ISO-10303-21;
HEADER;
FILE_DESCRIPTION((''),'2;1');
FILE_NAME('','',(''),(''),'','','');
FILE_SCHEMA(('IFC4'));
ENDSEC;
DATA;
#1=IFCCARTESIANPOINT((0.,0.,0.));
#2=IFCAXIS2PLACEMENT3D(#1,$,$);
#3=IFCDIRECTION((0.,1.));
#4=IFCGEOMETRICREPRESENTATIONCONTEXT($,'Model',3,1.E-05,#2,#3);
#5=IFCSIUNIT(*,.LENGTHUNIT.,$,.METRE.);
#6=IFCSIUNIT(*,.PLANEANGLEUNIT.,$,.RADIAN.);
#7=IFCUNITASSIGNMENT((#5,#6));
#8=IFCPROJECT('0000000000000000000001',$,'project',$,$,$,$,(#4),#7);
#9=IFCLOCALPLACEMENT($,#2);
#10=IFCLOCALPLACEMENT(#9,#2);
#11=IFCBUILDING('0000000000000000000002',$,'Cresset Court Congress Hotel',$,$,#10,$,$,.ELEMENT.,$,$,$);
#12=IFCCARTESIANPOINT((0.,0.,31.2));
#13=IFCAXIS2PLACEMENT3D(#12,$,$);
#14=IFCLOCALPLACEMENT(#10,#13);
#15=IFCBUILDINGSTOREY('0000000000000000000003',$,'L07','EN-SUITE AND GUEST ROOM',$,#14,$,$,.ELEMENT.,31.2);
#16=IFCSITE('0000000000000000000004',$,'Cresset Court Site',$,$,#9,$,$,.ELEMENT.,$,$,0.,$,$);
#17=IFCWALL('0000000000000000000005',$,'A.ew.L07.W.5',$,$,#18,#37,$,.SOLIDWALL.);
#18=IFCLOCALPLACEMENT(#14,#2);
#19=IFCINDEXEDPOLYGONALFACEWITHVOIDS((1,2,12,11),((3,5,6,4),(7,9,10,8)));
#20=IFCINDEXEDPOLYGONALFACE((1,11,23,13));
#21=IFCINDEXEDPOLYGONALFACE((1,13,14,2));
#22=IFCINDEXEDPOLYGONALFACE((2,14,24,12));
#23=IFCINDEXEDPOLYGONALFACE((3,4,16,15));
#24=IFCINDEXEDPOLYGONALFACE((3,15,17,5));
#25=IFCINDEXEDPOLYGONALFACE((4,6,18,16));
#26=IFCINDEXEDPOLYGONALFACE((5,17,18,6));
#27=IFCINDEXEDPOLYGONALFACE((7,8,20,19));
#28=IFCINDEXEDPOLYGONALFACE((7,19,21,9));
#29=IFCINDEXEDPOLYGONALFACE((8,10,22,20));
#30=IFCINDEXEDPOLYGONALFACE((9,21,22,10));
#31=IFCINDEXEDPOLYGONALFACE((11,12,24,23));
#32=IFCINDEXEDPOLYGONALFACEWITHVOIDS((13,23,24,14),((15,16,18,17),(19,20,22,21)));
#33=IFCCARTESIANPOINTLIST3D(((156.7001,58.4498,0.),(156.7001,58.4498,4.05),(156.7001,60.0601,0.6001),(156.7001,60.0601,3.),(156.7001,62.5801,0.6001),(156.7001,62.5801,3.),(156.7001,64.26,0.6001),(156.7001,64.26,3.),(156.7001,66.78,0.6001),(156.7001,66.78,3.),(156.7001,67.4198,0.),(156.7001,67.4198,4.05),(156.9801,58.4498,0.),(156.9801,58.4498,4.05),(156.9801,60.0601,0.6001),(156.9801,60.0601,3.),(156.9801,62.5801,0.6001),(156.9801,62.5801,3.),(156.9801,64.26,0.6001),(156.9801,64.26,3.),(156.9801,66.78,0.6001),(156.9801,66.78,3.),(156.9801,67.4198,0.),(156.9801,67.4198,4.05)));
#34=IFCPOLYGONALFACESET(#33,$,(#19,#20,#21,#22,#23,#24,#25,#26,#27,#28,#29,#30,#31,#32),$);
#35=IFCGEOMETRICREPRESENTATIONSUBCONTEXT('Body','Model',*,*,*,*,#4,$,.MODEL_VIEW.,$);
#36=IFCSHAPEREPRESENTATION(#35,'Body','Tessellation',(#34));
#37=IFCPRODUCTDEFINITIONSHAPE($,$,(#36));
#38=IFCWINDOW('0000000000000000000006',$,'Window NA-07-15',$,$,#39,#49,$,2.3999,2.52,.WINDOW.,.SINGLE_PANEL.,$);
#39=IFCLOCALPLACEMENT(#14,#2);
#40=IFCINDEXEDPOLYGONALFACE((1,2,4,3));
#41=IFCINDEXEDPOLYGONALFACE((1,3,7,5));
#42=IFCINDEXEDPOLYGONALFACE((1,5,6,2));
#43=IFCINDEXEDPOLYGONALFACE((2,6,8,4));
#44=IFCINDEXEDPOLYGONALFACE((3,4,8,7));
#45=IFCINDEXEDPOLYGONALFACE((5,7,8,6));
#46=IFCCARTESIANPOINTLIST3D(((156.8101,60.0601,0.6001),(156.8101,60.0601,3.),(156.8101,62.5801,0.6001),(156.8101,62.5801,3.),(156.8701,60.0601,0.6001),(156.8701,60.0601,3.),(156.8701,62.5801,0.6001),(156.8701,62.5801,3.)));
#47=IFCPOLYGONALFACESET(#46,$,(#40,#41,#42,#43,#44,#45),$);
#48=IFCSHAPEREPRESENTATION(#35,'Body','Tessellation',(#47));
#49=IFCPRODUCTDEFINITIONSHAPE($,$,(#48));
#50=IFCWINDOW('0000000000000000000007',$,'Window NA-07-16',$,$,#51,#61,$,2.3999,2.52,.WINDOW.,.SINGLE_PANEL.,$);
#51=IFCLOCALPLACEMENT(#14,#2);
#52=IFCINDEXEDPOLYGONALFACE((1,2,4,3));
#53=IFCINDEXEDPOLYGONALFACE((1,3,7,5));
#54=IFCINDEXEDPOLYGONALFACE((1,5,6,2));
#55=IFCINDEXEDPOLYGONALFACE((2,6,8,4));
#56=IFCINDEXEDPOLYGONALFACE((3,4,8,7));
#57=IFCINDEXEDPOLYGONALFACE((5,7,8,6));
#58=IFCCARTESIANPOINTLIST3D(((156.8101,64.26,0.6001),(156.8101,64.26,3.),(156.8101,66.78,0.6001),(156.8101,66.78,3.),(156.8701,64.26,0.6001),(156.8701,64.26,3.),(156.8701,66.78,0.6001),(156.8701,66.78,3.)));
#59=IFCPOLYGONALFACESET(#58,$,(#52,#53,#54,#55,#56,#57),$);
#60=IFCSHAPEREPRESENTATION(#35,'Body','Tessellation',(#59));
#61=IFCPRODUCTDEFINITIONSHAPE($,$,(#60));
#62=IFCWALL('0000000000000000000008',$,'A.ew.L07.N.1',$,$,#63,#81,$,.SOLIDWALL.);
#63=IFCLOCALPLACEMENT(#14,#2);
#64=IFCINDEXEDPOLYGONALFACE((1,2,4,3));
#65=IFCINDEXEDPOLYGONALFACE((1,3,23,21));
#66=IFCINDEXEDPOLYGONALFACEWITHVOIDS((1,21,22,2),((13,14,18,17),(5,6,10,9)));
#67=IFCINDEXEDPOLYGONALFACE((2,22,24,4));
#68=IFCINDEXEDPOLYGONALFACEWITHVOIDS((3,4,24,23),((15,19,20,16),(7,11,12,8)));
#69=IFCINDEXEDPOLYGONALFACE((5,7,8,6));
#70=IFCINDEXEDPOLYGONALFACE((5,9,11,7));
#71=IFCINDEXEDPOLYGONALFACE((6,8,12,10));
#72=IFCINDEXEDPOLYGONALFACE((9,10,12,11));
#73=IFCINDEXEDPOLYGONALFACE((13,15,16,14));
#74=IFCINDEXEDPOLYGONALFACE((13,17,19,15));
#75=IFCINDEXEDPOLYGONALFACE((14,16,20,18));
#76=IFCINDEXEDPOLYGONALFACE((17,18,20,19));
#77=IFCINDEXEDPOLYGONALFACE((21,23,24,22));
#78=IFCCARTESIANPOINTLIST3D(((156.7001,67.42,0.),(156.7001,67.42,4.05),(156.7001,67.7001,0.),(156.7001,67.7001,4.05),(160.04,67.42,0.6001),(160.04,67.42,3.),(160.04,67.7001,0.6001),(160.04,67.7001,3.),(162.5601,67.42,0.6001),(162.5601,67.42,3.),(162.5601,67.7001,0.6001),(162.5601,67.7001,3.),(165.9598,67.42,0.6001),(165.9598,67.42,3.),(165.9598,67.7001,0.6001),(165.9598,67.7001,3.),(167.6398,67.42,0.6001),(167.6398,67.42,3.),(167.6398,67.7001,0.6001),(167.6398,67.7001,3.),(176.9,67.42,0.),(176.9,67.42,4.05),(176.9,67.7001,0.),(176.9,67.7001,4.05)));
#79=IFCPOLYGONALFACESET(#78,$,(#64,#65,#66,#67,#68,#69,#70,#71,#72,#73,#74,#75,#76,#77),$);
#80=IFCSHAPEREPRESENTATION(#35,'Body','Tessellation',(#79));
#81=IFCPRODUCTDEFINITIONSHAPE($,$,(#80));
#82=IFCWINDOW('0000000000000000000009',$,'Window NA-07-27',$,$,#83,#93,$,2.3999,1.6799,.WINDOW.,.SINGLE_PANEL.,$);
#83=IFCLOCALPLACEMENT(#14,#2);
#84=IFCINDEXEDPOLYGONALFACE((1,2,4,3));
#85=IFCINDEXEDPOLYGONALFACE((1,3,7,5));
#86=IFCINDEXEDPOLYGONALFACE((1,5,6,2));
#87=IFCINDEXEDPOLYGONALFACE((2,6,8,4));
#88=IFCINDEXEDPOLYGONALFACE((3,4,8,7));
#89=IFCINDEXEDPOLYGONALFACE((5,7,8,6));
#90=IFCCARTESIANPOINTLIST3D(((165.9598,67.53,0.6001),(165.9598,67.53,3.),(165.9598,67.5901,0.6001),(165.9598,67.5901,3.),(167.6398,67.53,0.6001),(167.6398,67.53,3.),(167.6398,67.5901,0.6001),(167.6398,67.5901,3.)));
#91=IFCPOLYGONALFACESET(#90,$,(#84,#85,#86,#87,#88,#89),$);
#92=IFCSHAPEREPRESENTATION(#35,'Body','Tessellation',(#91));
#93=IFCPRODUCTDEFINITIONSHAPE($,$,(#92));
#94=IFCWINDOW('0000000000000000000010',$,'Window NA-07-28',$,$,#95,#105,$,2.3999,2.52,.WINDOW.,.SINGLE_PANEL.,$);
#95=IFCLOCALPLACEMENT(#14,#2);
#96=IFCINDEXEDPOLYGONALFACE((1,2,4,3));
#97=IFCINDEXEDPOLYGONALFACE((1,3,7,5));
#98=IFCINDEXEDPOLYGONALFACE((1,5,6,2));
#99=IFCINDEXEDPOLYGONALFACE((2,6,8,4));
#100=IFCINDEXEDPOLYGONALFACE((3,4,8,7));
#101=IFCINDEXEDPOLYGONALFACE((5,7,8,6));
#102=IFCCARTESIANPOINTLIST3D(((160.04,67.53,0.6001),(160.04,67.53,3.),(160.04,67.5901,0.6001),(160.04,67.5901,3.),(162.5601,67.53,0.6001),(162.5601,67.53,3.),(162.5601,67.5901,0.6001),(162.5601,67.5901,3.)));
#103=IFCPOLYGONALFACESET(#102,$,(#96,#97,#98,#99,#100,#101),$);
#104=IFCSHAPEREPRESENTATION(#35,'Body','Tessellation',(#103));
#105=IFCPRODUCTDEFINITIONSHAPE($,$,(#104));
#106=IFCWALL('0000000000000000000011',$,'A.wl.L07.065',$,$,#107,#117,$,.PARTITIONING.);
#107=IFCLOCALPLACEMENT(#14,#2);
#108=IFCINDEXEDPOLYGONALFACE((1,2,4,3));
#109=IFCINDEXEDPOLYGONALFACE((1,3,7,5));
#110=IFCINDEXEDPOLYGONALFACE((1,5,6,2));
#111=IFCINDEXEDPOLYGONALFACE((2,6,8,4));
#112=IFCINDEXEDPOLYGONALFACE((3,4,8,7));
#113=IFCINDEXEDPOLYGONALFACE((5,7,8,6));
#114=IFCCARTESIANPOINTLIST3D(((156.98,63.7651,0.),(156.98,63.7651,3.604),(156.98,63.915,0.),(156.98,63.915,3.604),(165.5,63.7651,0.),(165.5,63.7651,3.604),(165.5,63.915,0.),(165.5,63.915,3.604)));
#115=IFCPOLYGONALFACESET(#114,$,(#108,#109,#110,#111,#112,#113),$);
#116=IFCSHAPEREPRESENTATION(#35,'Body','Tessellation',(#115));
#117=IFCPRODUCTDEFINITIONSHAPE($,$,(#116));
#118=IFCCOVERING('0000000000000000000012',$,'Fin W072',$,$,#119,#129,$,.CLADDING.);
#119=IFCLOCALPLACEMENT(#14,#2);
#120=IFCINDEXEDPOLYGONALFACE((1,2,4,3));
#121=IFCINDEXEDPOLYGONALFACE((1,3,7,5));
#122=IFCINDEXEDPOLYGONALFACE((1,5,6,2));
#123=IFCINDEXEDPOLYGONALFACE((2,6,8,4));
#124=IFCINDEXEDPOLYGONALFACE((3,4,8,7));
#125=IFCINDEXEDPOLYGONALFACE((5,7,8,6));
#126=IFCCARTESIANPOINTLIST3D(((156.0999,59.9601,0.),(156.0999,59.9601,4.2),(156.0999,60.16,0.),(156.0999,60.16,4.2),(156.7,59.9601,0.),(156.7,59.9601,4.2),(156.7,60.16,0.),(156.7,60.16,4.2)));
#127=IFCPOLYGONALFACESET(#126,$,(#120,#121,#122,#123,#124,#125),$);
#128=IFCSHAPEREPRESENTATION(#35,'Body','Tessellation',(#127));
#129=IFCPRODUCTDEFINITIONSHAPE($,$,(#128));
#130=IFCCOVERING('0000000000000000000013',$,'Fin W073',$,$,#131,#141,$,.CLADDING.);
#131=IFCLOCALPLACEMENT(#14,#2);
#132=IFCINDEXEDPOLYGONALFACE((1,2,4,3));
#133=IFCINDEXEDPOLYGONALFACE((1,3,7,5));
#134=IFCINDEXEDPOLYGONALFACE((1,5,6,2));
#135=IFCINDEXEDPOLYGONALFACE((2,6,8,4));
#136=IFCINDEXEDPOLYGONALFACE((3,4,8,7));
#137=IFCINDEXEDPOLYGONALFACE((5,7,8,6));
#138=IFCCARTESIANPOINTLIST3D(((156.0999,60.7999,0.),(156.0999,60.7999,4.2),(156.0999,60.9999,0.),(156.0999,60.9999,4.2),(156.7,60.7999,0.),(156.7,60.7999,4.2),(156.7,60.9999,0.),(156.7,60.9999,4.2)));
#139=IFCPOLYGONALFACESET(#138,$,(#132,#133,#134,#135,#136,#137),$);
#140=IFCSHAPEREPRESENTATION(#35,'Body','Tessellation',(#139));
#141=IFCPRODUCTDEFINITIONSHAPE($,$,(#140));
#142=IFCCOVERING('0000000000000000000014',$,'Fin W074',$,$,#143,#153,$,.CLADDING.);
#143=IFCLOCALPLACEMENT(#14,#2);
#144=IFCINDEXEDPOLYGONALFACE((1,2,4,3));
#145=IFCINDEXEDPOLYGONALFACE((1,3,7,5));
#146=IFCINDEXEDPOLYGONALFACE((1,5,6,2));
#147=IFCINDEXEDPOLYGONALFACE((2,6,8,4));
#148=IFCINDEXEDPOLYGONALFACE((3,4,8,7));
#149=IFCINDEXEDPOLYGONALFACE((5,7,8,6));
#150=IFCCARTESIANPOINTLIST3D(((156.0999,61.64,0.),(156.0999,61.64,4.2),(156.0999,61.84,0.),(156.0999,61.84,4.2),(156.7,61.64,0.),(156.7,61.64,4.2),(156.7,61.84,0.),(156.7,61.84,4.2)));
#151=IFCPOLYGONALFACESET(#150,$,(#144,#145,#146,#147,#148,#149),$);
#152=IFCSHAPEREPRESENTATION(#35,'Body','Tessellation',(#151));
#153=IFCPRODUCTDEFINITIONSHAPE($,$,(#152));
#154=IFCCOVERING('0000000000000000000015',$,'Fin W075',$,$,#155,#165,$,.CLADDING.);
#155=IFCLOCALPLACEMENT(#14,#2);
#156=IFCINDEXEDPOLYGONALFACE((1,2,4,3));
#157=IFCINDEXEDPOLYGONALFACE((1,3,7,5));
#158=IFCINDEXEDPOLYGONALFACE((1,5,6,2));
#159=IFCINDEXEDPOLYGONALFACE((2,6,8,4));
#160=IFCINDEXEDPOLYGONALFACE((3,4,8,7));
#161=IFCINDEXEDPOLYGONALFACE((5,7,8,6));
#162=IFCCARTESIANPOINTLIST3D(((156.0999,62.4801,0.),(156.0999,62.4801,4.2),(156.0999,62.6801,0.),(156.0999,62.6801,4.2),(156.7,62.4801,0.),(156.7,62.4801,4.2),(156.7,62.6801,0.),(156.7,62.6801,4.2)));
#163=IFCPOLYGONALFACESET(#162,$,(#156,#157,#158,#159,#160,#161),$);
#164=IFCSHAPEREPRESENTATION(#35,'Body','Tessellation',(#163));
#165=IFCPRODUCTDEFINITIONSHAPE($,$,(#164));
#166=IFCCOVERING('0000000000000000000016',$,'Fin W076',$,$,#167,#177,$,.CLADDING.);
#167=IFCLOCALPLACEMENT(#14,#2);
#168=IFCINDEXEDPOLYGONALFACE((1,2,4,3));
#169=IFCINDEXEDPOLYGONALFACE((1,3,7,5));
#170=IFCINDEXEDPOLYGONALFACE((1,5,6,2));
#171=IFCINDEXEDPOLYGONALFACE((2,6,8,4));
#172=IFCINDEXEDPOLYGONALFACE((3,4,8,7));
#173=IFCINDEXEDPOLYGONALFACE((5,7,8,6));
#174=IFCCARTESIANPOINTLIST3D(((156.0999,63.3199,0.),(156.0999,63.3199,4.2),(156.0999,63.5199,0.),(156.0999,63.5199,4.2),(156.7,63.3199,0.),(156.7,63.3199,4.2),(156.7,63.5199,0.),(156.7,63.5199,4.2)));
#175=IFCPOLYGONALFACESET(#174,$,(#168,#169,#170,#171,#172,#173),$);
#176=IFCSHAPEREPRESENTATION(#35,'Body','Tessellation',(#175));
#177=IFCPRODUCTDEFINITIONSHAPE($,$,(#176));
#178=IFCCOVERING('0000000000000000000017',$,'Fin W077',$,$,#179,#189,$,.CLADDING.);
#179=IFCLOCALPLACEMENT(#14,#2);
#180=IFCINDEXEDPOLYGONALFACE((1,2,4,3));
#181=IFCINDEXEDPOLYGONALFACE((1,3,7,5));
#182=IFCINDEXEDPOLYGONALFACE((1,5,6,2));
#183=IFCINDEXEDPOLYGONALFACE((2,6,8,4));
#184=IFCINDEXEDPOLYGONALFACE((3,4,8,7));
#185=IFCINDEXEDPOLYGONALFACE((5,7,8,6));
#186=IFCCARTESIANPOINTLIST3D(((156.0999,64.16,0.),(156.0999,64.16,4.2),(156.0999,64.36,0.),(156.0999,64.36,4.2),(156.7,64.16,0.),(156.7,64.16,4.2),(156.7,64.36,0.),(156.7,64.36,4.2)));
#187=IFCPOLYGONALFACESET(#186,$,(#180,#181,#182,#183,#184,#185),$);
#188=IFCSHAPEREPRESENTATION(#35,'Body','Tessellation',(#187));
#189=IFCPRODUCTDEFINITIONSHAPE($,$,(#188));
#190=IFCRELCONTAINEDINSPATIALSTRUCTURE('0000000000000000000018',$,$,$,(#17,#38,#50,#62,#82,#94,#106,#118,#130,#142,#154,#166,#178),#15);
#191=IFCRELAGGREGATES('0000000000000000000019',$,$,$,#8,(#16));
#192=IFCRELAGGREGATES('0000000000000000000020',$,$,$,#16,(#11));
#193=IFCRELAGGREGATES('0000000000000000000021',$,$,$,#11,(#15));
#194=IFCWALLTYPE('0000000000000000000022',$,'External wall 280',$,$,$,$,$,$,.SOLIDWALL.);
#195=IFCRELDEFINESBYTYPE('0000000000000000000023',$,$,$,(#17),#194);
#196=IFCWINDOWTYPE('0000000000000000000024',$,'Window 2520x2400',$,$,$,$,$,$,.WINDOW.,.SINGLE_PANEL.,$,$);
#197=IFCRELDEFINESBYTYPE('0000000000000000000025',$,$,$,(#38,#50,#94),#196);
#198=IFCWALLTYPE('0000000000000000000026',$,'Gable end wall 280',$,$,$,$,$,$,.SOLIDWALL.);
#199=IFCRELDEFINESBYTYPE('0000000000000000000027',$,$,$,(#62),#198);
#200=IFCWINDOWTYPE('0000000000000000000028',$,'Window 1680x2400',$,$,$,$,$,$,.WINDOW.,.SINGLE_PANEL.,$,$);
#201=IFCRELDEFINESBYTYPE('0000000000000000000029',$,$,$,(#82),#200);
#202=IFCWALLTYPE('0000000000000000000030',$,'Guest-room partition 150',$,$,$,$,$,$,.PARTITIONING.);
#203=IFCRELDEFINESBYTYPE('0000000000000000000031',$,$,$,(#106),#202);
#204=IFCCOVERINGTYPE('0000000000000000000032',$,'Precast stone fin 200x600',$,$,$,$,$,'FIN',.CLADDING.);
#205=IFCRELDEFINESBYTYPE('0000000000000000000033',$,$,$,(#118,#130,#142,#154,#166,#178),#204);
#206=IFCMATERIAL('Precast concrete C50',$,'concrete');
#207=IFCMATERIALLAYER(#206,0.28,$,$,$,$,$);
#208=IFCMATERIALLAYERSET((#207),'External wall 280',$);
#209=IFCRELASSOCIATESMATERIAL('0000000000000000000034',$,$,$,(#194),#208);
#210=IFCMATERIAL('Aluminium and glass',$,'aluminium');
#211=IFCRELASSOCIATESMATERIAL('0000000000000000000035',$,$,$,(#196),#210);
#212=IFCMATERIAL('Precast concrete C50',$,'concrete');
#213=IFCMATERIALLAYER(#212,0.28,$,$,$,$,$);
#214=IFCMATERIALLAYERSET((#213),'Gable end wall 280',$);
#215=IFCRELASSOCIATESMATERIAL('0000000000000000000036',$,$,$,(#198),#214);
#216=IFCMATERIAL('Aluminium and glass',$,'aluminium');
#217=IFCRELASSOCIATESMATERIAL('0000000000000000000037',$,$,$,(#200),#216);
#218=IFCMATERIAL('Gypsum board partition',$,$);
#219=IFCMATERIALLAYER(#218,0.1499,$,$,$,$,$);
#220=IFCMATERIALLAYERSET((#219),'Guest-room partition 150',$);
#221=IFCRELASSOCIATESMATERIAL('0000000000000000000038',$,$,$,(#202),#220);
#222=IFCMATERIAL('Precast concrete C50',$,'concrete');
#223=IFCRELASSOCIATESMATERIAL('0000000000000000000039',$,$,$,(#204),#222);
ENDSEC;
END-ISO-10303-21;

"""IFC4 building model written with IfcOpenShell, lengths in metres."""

from ifc_helpers import new_model, si_unit, direction, frame, frame_2d, origin, origin_2d, place, context, subcontext, project, spatial, rectangle, extrude, material, layer, layer_set, type_object, element, fill, save


model = new_model("IFC4")

# Units and contexts
model_context = context("Model", 3, precision=1e-05, world=origin(), true_north=direction((0.0, 1.0)))
body_context = subcontext(model_context, "Body", "Model", "MODEL_VIEW")
ifc_project = project(units=[si_unit("LENGTHUNIT", "METRE"), si_unit("PLANEANGLEUNIT", "RADIAN")], contexts=[model_context])

# Site, building, storey
site_placement = place(None, origin())
site = spatial("IfcSite", under=ifc_project, at=site_placement, Name="Cresset Court Site", CompositionType="ELEMENT", RefElevation=0.0)
building_placement = place(site_placement, origin())
building = spatial("IfcBuilding", under=site, at=building_placement, Name="Cresset Court Congress Hotel", CompositionType="ELEMENT")
storey_placement = place(building_placement, frame((0.0, 0.0, 31.2)))
storey = spatial("IfcBuildingStorey", under=building, at=storey_placement, Name="L07", Description="EN-SUITE AND GUEST ROOM", CompositionType="ELEMENT", Elevation=31.2)

# Shared definitions
ifc_material_1 = material(Name="Precast concrete C50", Category="concrete")
ifc_layer_1 = layer(ifc_material_1, 0.28)
ifc_layer_set_1 = layer_set([ifc_layer_1], Name="External wall 280")
wall_type_1 = type_object("IfcWallType", Name="External wall 280", PredefinedType="SOLIDWALL", material=ifc_layer_set_1)
ifc_material_2 = material(Name="Aluminium and glass", Category="aluminium")
window_type_1 = type_object("IfcWindowType", Name="Window 2520x2400", PartitioningType="SINGLE_PANEL", PredefinedType="WINDOW", material=ifc_material_2)

# Walls, openings, windows
wall_1_placement = place(storey_placement, frame((156.8401, 58.45, 0.0), z_axis=(0.0, 0.0, 1.0), x_axis=(0.0, 1.0, 0.0)))
wall_1 = element("IfcWall", 1, at=wall_1_placement, inside=storey, type_object=wall_type_1, Name="A.ew.L07.W.5", PredefinedType="SOLIDWALL", context=body_context, shape_type="SweptSolid", body=[
    extrude(rectangle(XDim=8.97, YDim=0.28, at=frame_2d((4.4849, 0.0))), origin(), (0.0, 0.0, 1.0), 4.05),
])
opening_1_placement = place(wall_1_placement, frame((1.6101, 0.0, 0.6001)))
opening_1 = element("IfcOpeningElement", 2, at=opening_1_placement, cuts=wall_1, PredefinedType="OPENING", context=body_context, shape_type="SweptSolid", body=[
    extrude(rectangle(XDim=2.52, YDim=2.3999, at=frame_2d((1.26, 1.2))), frame((0.0, 0.1499, 0.0), z_axis=(0.0, -1.0, 0.0), x_axis=(1.0, 0.0, 0.0)), (0.0, 0.0, 1.0), 0.3),
])
opening_2_placement = place(wall_1_placement, frame((5.8101, 0.0, 0.6001)))
opening_2 = element("IfcOpeningElement", 3, at=opening_2_placement, cuts=wall_1, PredefinedType="OPENING", context=body_context, shape_type="SweptSolid", body=[
    extrude(rectangle(XDim=2.52, YDim=2.3999, at=frame_2d((1.26, 1.2))), frame((0.0, 0.1499, 0.0), z_axis=(0.0, -1.0, 0.0), x_axis=(1.0, 0.0, 0.0)), (0.0, 0.0, 1.0), 0.3),
])
window_1_placement = place(opening_1_placement, origin())
window_1 = element("IfcWindow", 4, at=window_1_placement, inside=storey, type_object=window_type_1, Name="Window NA-07-15", OverallHeight=2.3999, OverallWidth=2.52, PartitioningType="SINGLE_PANEL", PredefinedType="WINDOW", context=body_context, shape_type="SweptSolid", body=[
    extrude(rectangle(XDim=2.52, YDim=2.3999, at=frame_2d((1.26, 1.2))), frame((0.0, 0.03, 0.0), z_axis=(0.0, -1.0, 0.0), x_axis=(1.0, 0.0, 0.0)), (0.0, 0.0, 1.0), 0.0601),
])
fill(opening_1, window_1)
window_2_placement = place(opening_2_placement, origin())
window_2 = element("IfcWindow", 5, at=window_2_placement, inside=storey, type_object=window_type_1, Name="Window NA-07-16", OverallHeight=2.3999, OverallWidth=2.52, PartitioningType="SINGLE_PANEL", PredefinedType="WINDOW", context=body_context, shape_type="SweptSolid", body=[
    extrude(rectangle(XDim=2.52, YDim=2.3999, at=frame_2d((1.26, 1.2))), frame((0.0, 0.03, 0.0), z_axis=(0.0, -1.0, 0.0), x_axis=(1.0, 0.0, 0.0)), (0.0, 0.0, 1.0), 0.0601),
])
fill(opening_2, window_2)
ifc_material_3 = material(Name="Precast concrete C50", Category="concrete")
ifc_layer_2 = layer(ifc_material_3, 0.28)
ifc_layer_set_2 = layer_set([ifc_layer_2], Name="Gable end wall 280")
wall_type_2 = type_object("IfcWallType", Name="Gable end wall 280", PredefinedType="SOLIDWALL", material=ifc_layer_set_2)
wall_2_placement = place(storey_placement, frame((156.7, 67.5601, 0.0), z_axis=(0.0, 0.0, 1.0), x_axis=(1.0, 0.0, 0.0)))
wall_2 = element("IfcWall", 6, at=wall_2_placement, inside=storey, type_object=wall_type_2, Name="A.ew.L07.N.1", PredefinedType="SOLIDWALL", context=body_context, shape_type="SweptSolid", body=[
    extrude(rectangle(XDim=20.2, YDim=0.28, at=frame_2d((10.1001, 0.0))), origin(), (0.0, 0.0, 1.0), 4.05),
])
opening_3_placement = place(wall_2_placement, frame((9.26, 0.0, 0.6001)))
opening_3 = element("IfcOpeningElement", 7, at=opening_3_placement, cuts=wall_2, PredefinedType="OPENING", context=body_context, shape_type="SweptSolid", body=[
    extrude(rectangle(XDim=1.6799, YDim=2.3999, at=frame_2d((0.8398, 1.2))), frame((0.0, 0.1499, 0.0), z_axis=(0.0, -1.0, 0.0), x_axis=(1.0, 0.0, 0.0)), (0.0, 0.0, 1.0), 0.3),
])
opening_4_placement = place(wall_2_placement, frame((3.3401, 0.0, 0.6001)))
opening_4 = element("IfcOpeningElement", 8, at=opening_4_placement, cuts=wall_2, PredefinedType="OPENING", context=body_context, shape_type="SweptSolid", body=[
    extrude(rectangle(XDim=2.52, YDim=2.3999, at=frame_2d((1.26, 1.2))), frame((0.0, 0.1499, 0.0), z_axis=(0.0, -1.0, 0.0), x_axis=(1.0, 0.0, 0.0)), (0.0, 0.0, 1.0), 0.3),
])
ifc_material_4 = material(Name="Aluminium and glass", Category="aluminium")
window_type_2 = type_object("IfcWindowType", Name="Window 1680x2400", PartitioningType="SINGLE_PANEL", PredefinedType="WINDOW", material=ifc_material_4)
window_3_placement = place(opening_3_placement, origin())
window_3 = element("IfcWindow", 9, at=window_3_placement, inside=storey, type_object=window_type_2, Name="Window NA-07-27", OverallHeight=2.3999, OverallWidth=1.6799, PartitioningType="SINGLE_PANEL", PredefinedType="WINDOW", context=body_context, shape_type="SweptSolid", body=[
    extrude(rectangle(XDim=1.6799, YDim=2.3999, at=frame_2d((0.8398, 1.2))), frame((0.0, 0.03, 0.0), z_axis=(0.0, -1.0, 0.0), x_axis=(1.0, 0.0, 0.0)), (0.0, 0.0, 1.0), 0.0601),
])
fill(opening_3, window_3)
window_4_placement = place(opening_4_placement, origin())
window_4 = element("IfcWindow", 10, at=window_4_placement, inside=storey, type_object=window_type_1, Name="Window NA-07-28", OverallHeight=2.3999, OverallWidth=2.52, PartitioningType="SINGLE_PANEL", PredefinedType="WINDOW", context=body_context, shape_type="SweptSolid", body=[
    extrude(rectangle(XDim=2.52, YDim=2.3999, at=frame_2d((1.26, 1.2))), frame((0.0, 0.03, 0.0), z_axis=(0.0, -1.0, 0.0), x_axis=(1.0, 0.0, 0.0)), (0.0, 0.0, 1.0), 0.0601),
])
fill(opening_4, window_4)

# Wall
ifc_material_5 = material(Name="Gypsum board partition")
ifc_layer_3 = layer(ifc_material_5, 0.1499)
ifc_layer_set_3 = layer_set([ifc_layer_3], Name="Guest-room partition 150")
wall_type_3 = type_object("IfcWallType", Name="Guest-room partition 150", PredefinedType="PARTITIONING", material=ifc_layer_set_3)
wall_3_placement = place(storey_placement, frame((156.98, 63.8401, 0.0), z_axis=(0.0, 0.0, 1.0), x_axis=(1.0, 0.0, 0.0)))
element("IfcWall", 11, at=wall_3_placement, inside=storey, type_object=wall_type_3, Name="A.wl.L07.065", PredefinedType="PARTITIONING", context=body_context, shape_type="SweptSolid", body=[
    extrude(rectangle(XDim=8.52, YDim=0.1499, at=frame_2d((4.26, 0.0))), origin(), (0.0, 0.0, 1.0), 3.604),
])

# Coverings
ifc_material_6 = material(Name="Precast concrete C50", Category="concrete")
covering_type_1 = type_object("IfcCoveringType", Name="Precast stone fin 200x600", ElementType="FIN", PredefinedType="CLADDING", material=ifc_material_6)
for number, where, z_axis, x_axis, name in (
    (12, (156.3999, 60.0601, 0.0), (0.0, 0.0, 1.0), (1.0, 0.0, 0.0), "Fin W072"),
    (13, (156.3999, 60.8999, 0.0), (0.0, 0.0, 1.0), (1.0, 0.0, 0.0), "Fin W073"),
    (14, (156.3999, 61.74, 0.0), (0.0, 0.0, 1.0), (1.0, 0.0, 0.0), "Fin W074"),
    (15, (156.3999, 62.5801, 0.0), (0.0, 0.0, 1.0), (1.0, 0.0, 0.0), "Fin W075"),
    (16, (156.3999, 63.4199, 0.0), (0.0, 0.0, 1.0), (1.0, 0.0, 0.0), "Fin W076"),
    (17, (156.3999, 64.26, 0.0), (0.0, 0.0, 1.0), (1.0, 0.0, 0.0), "Fin W077"),
):
    element("IfcCovering", number, at=place(storey_placement, frame(where, z_axis=z_axis, x_axis=x_axis)), inside=storey, type_object=covering_type_1, Name=name, PredefinedType="CLADDING", context=body_context, shape_type="SweptSolid", body=[
        extrude(rectangle(XDim=0.6001, YDim=0.2, at=origin_2d()), origin(), (0.0, 0.0, 1.0), 4.2),
    ])

save(model, "model.ifc")
